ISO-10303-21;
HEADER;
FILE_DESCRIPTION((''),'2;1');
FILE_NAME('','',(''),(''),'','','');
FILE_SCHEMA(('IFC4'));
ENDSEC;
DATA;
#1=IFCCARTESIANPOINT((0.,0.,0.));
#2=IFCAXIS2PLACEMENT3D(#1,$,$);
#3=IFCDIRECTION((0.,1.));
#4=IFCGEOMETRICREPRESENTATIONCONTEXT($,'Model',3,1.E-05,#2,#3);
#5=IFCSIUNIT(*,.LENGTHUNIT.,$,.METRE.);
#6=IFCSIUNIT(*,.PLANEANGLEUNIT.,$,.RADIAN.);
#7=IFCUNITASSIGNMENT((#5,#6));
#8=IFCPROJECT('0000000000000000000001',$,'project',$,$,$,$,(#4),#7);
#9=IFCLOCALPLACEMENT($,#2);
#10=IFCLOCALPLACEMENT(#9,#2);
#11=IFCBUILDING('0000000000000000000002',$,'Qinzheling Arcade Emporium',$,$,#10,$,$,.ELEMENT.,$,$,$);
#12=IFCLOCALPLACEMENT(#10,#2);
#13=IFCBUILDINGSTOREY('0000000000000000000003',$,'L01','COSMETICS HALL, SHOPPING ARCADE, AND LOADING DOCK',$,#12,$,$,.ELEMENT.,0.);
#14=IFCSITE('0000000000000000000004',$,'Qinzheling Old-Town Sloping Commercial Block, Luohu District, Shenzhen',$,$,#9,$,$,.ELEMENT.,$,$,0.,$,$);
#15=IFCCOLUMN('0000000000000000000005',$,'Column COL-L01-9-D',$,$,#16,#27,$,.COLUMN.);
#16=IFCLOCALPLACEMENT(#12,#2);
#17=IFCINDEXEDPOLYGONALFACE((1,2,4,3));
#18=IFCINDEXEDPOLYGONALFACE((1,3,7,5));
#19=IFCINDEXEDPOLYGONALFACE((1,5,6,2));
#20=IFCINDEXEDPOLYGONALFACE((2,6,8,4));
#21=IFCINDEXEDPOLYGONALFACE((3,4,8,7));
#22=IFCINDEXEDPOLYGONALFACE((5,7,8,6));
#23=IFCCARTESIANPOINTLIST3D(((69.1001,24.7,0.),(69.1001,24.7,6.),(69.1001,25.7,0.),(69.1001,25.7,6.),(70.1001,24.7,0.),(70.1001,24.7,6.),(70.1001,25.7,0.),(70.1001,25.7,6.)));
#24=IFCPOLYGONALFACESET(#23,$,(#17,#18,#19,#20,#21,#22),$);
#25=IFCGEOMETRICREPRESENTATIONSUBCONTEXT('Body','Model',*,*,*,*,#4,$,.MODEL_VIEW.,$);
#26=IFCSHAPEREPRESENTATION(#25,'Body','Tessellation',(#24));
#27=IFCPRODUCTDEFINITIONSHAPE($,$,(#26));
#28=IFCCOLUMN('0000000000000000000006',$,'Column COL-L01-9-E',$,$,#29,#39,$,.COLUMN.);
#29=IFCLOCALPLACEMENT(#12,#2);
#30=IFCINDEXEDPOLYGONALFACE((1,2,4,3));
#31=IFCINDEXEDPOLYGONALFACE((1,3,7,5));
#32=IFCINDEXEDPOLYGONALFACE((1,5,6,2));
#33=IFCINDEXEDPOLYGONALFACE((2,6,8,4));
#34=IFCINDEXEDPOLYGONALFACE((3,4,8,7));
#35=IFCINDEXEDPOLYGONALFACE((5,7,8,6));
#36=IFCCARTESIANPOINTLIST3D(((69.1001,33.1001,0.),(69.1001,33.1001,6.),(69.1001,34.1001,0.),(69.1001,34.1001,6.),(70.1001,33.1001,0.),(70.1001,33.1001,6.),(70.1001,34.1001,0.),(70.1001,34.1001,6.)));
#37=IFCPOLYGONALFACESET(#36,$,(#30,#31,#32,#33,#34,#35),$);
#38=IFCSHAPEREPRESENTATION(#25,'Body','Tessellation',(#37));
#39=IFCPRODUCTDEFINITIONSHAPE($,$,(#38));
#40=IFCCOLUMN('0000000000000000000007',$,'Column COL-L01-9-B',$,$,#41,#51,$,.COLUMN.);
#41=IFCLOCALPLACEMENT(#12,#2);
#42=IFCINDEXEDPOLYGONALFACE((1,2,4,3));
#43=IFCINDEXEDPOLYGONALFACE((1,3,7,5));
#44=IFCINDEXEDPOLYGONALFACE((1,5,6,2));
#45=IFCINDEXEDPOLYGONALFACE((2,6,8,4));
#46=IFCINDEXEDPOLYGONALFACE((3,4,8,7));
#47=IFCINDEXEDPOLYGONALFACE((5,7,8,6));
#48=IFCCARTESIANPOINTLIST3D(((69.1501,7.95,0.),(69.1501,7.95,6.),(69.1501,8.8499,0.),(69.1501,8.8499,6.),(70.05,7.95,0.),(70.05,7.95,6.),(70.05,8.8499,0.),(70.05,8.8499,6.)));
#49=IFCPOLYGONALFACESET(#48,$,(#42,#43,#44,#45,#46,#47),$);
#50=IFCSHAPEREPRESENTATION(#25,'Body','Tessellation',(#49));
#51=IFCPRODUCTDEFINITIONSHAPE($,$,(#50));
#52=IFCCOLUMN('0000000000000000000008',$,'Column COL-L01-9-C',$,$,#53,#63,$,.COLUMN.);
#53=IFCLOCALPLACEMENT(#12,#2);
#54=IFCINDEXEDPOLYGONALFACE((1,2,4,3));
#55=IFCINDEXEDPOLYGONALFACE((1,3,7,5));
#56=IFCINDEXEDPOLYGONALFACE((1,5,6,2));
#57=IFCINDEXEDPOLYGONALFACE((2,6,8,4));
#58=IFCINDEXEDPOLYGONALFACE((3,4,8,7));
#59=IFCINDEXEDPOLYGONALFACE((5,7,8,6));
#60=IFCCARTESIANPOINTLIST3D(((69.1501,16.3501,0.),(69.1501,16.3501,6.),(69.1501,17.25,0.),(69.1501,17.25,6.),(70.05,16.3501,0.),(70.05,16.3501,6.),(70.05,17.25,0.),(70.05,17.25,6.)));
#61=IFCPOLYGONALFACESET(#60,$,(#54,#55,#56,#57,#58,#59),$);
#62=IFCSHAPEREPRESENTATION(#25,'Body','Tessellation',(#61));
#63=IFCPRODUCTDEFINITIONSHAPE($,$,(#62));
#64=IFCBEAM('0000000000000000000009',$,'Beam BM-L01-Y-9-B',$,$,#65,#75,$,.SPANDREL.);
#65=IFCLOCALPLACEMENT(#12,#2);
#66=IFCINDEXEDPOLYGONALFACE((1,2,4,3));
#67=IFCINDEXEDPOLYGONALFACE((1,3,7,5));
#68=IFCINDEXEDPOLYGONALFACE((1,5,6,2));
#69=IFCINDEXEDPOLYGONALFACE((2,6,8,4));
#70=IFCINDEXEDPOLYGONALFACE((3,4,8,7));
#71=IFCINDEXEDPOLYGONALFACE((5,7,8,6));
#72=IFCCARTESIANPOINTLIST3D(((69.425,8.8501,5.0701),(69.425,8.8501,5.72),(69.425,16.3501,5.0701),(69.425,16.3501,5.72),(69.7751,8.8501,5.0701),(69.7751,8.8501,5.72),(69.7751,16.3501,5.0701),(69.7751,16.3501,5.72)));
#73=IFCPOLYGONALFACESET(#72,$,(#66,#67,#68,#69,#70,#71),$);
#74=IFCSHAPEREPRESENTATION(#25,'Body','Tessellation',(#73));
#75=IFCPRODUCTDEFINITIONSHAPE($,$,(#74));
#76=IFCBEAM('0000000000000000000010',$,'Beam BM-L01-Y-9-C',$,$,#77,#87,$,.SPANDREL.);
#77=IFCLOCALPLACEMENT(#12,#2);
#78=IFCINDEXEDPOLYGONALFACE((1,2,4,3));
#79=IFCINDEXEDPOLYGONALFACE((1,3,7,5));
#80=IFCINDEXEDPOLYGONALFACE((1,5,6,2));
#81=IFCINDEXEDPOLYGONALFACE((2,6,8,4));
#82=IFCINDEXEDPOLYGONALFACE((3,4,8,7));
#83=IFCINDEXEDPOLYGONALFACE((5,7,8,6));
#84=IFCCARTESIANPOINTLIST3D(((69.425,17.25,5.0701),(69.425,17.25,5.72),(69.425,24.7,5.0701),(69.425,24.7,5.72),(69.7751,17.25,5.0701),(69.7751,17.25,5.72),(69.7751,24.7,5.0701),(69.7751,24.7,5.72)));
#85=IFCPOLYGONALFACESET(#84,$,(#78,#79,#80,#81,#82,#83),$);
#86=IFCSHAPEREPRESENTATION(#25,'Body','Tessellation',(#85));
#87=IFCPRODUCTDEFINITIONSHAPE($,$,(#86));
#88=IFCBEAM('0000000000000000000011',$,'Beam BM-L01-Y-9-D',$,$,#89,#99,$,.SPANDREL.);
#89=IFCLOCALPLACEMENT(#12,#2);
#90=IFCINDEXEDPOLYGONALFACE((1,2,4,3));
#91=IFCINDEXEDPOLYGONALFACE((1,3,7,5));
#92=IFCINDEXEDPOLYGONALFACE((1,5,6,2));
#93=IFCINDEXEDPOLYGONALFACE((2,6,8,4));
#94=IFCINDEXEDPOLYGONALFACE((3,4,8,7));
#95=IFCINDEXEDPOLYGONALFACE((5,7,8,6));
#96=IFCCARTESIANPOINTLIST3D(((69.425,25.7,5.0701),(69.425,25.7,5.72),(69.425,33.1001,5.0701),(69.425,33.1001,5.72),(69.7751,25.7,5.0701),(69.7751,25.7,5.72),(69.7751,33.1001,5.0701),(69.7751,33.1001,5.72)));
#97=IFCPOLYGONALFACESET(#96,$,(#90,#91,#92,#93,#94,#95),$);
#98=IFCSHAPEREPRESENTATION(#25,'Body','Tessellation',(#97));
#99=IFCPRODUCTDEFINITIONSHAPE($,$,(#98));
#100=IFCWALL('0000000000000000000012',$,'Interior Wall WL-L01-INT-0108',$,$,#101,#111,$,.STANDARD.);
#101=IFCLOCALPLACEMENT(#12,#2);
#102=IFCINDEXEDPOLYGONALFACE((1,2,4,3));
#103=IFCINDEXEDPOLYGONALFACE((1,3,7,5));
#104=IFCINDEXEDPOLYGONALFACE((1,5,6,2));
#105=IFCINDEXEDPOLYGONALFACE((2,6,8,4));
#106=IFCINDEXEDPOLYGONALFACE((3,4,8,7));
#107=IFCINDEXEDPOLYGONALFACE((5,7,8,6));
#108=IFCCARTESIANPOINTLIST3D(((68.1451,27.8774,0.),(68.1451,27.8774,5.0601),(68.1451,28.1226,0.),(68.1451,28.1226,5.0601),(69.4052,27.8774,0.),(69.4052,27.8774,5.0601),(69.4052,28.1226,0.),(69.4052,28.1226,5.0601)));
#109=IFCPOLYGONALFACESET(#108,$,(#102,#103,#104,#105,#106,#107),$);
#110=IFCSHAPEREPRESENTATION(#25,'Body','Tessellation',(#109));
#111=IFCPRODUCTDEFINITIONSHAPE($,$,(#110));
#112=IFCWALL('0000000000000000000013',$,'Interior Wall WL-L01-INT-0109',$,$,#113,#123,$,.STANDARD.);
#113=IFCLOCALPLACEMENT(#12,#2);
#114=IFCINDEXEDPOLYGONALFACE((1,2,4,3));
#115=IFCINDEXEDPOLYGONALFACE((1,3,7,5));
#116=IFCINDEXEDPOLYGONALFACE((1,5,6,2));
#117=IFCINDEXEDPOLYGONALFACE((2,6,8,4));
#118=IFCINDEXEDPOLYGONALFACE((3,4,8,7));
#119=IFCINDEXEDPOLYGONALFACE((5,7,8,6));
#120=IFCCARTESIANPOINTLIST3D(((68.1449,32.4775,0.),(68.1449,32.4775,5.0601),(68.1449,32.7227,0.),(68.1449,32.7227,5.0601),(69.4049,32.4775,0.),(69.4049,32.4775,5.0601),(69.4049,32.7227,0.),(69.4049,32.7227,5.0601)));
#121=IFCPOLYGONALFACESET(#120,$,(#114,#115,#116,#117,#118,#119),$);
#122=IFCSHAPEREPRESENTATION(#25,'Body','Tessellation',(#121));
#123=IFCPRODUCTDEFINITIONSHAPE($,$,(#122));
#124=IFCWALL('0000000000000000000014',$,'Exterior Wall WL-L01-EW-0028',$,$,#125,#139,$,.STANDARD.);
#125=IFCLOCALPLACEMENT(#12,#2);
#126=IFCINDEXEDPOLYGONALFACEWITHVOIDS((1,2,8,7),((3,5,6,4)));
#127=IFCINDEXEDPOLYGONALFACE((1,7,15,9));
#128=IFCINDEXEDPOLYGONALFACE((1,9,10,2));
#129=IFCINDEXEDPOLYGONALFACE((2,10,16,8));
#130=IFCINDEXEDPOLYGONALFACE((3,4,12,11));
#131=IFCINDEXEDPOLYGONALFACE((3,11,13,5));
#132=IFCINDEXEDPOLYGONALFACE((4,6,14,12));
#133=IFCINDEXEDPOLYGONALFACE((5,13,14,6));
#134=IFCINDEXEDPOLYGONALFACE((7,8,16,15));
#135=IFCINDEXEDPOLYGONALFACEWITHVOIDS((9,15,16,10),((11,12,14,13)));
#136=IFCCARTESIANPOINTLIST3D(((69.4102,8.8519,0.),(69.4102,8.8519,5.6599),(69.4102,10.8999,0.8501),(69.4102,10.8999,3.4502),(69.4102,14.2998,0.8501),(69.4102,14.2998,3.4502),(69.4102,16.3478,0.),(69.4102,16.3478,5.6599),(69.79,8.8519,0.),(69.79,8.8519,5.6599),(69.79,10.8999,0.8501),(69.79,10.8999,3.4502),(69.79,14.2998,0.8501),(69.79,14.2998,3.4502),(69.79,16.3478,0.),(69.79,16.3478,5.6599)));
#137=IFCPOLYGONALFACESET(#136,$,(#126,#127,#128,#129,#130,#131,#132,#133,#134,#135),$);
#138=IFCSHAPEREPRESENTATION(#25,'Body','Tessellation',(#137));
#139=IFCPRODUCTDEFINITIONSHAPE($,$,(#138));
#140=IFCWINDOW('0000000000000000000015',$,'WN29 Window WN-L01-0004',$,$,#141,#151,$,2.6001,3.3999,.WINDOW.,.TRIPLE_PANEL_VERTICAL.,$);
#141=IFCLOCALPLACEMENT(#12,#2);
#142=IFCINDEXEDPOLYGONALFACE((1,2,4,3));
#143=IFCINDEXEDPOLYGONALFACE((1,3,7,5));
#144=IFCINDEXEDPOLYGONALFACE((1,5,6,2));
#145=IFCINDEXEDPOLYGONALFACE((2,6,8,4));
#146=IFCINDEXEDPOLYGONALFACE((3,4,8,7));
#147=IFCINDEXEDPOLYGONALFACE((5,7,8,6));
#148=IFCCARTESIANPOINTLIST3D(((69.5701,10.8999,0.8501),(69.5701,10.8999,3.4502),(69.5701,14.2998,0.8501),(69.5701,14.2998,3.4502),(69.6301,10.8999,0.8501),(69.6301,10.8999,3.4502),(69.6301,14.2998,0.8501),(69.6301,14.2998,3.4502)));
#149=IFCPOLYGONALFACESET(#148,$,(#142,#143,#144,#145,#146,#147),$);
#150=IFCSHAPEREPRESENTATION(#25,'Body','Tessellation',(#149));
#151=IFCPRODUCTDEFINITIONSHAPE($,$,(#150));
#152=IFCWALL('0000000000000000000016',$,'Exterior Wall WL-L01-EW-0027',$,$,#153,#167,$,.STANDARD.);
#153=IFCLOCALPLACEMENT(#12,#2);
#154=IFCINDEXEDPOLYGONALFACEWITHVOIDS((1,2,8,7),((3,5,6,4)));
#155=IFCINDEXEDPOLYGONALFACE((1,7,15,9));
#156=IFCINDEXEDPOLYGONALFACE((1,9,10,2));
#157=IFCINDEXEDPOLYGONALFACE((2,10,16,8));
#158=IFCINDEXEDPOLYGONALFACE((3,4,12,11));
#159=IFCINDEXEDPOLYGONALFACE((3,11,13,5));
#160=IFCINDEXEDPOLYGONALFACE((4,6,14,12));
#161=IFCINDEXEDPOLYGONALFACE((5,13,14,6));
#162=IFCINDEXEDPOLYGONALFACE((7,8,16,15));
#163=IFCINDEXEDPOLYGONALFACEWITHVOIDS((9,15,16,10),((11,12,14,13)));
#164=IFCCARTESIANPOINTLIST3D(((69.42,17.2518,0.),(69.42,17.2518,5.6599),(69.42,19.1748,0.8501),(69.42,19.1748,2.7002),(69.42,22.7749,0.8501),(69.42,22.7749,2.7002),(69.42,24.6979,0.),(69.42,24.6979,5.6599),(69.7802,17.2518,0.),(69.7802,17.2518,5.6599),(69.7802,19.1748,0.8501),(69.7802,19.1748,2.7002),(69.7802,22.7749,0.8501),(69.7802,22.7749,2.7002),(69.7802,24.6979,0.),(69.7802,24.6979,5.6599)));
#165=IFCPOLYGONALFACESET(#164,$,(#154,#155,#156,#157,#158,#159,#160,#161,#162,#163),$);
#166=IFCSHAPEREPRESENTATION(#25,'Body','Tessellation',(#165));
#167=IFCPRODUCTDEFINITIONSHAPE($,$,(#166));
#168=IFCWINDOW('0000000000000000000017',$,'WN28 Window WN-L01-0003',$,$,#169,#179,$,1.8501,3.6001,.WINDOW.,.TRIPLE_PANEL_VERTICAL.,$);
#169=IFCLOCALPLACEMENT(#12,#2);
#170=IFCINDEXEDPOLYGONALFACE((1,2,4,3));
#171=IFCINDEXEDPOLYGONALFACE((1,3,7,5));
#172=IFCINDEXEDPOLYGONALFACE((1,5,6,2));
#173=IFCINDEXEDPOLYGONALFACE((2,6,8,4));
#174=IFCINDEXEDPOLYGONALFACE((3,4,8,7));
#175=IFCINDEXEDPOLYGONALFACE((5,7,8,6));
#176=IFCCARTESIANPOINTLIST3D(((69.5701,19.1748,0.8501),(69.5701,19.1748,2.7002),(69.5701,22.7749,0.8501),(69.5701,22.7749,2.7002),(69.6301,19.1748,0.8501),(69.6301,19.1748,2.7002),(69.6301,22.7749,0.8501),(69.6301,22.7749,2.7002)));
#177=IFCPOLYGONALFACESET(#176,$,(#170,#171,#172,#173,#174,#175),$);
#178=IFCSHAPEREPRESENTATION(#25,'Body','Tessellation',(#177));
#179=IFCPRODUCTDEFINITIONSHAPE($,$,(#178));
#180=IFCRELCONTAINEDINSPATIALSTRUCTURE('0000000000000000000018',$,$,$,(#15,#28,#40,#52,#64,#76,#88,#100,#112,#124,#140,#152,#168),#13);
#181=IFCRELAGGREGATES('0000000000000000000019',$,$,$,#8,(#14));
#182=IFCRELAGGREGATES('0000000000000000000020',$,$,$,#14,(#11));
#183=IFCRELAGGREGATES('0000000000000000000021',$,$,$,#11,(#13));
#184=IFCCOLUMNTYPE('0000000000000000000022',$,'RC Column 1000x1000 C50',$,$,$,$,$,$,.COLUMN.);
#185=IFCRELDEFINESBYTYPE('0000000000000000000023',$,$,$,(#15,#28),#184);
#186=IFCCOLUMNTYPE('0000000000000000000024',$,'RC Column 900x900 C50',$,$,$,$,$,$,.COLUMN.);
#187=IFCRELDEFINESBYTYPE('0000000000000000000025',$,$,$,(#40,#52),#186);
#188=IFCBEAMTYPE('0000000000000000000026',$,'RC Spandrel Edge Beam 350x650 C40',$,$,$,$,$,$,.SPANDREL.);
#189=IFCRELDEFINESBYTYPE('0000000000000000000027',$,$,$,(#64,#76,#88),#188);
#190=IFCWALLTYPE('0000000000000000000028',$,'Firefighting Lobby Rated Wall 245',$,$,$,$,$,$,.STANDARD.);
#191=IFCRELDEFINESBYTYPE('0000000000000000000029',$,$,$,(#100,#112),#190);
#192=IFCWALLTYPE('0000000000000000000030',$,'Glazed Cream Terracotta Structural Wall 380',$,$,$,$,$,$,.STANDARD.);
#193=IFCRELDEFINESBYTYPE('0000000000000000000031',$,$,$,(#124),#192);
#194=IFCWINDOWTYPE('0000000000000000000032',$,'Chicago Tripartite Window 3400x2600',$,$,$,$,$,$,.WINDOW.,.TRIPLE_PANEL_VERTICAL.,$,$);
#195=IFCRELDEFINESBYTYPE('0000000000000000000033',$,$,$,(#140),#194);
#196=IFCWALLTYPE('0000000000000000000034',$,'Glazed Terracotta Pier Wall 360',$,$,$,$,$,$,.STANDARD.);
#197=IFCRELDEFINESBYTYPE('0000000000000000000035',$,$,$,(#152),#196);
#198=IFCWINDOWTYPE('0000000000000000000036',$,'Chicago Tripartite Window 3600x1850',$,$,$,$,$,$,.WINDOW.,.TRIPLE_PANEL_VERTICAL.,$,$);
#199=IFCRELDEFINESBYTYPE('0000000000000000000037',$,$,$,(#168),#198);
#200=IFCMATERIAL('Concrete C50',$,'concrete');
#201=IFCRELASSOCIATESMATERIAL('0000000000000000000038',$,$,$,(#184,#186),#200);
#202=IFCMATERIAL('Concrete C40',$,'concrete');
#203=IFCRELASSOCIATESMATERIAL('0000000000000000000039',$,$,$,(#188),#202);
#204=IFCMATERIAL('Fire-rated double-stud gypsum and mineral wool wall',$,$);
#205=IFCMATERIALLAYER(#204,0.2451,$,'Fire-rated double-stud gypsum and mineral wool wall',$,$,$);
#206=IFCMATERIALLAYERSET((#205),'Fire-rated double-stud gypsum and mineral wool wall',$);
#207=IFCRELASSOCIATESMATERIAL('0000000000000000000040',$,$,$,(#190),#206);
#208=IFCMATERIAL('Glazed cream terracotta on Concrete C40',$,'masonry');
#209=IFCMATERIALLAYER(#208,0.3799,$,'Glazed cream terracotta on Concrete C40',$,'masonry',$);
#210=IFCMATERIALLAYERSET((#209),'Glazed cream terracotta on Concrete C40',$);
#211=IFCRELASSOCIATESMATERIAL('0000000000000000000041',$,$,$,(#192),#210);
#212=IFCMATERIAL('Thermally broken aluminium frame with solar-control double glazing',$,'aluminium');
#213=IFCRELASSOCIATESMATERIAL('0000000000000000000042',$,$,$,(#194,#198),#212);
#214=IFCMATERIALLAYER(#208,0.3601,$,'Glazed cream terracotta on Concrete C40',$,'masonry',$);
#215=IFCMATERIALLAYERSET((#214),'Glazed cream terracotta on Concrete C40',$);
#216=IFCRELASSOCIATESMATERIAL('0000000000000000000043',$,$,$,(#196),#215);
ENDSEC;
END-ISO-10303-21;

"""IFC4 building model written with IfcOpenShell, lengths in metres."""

from ifc_helpers import new_model, si_unit, direction, frame, frame_2d, origin, origin_2d, place, context, subcontext, project, spatial, rectangle, extrude, material, layer, layer_set, material_profile, profile_set, type_object, element, fill, save


model = new_model("IFC4")

# Units and contexts
model_context = context("Model", 3, precision=1e-05, world=origin(), true_north=direction((0.0, 1.0)))
body_context = subcontext(model_context, "Body", "Model", "MODEL_VIEW")
ifc_project = project(units=[si_unit("LENGTHUNIT", "METRE"), si_unit("PLANEANGLEUNIT", "RADIAN")], contexts=[model_context])

# Site, building, storey
site_placement = place(None, origin())
site = spatial("IfcSite", under=ifc_project, at=site_placement, Name="Qinzheling Old-Town Sloping Commercial Block, Luohu District, Shenzhen", CompositionType="ELEMENT", RefElevation=0.0)
building_placement = place(site_placement, origin())
building = spatial("IfcBuilding", under=site, at=building_placement, Name="Qinzheling Arcade Emporium", CompositionType="ELEMENT")
storey_placement = place(building_placement, origin())
storey = spatial("IfcBuildingStorey", under=building, at=storey_placement, Name="L01", Description="COSMETICS HALL, SHOPPING ARCADE, AND LOADING DOCK", CompositionType="ELEMENT", Elevation=0.0)

# Columns
ifc_material_1 = material(Name="Concrete C50", Category="concrete")
ifc_material_profile_1 = material_profile(ifc_material_1, rectangle(XDim=1.0, YDim=1.0, at=origin_2d()), Name="RC 1000x1000", Category="concrete")
ifc_profile_set_1 = profile_set([ifc_material_profile_1], Name="Concrete C50")
column_type_1 = type_object("IfcColumnType", Name="RC Column 1000x1000 C50", PredefinedType="COLUMN", material=ifc_profile_set_1)
for number, where, z_axis, x_axis, name in (
    (1, (69.6001, 25.2, 0.0), (0.0, 0.0, 1.0), (1.0, 0.0, 0.0), "Column COL-L01-9-D"),
    (2, (69.6001, 33.6001, 0.0), (0.0, 0.0, 1.0), (1.0, 0.0, 0.0), "Column COL-L01-9-E"),
):
    element("IfcColumn", number, at=place(storey_placement, frame(where, z_axis=z_axis, x_axis=x_axis)), inside=storey, type_object=column_type_1, Name=name, PredefinedType="COLUMN", context=body_context, shape_type="SweptSolid", body=[
        extrude(rectangle(XDim=1.0, YDim=1.0, at=origin_2d()), origin(), (0.0, 0.0, 1.0), 6.0),
    ])
ifc_material_profile_2 = material_profile(ifc_material_1, rectangle(XDim=0.8999, YDim=0.8999, at=origin_2d()), Name="RC 900x900", Category="concrete")
ifc_profile_set_2 = profile_set([ifc_material_profile_2], Name="Concrete C50")
column_type_2 = type_object("IfcColumnType", Name="RC Column 900x900 C50", PredefinedType="COLUMN", material=ifc_profile_set_2)
for number, where, z_axis, x_axis, name in (
    (3, (69.6001, 8.3999, 0.0), (0.0, 0.0, 1.0), (1.0, 0.0, 0.0), "Column COL-L01-9-B"),
    (4, (69.6001, 16.8, 0.0), (0.0, 0.0, 1.0), (1.0, 0.0, 0.0), "Column COL-L01-9-C"),
):
    element("IfcColumn", number, at=place(storey_placement, frame(where, z_axis=z_axis, x_axis=x_axis)), inside=storey, type_object=column_type_2, Name=name, PredefinedType="COLUMN", context=body_context, shape_type="SweptSolid", body=[
        extrude(rectangle(XDim=0.8999, YDim=0.8999, at=origin_2d()), origin(), (0.0, 0.0, 1.0), 6.0),
    ])

# Beams
ifc_material_2 = material(Name="Concrete C40", Category="concrete")
ifc_material_profile_3 = material_profile(ifc_material_2, rectangle(XDim=0.3501, YDim=0.6499, at=origin_2d()), Name="RC 350x650", Category="concrete")
ifc_profile_set_3 = profile_set([ifc_material_profile_3], Name="Concrete C40")
beam_type = type_object("IfcBeamType", Name="RC Spandrel Edge Beam 350x650 C40", PredefinedType="SPANDREL", material=ifc_profile_set_3)
beam_1_placement = place(storey_placement, frame((69.6001, 8.8501, 5.395), z_axis=(0.0, 1.0, 0.0), x_axis=(-1.0, 0.0, 0.0)))
element("IfcBeam", 5, at=beam_1_placement, inside=storey, type_object=beam_type, Name="Beam BM-L01-Y-9-B", PredefinedType="SPANDREL", context=body_context, shape_type="SweptSolid", body=[
    extrude(rectangle(XDim=0.3501, YDim=0.6499, at=origin_2d()), origin(), (0.0, 0.0, 1.0), 7.5),
])
beam_2_placement = place(storey_placement, frame((69.6001, 17.25, 5.395), z_axis=(0.0, 1.0, 0.0), x_axis=(-1.0, 0.0, 0.0)))
element("IfcBeam", 6, at=beam_2_placement, inside=storey, type_object=beam_type, Name="Beam BM-L01-Y-9-C", PredefinedType="SPANDREL", context=body_context, shape_type="SweptSolid", body=[
    extrude(rectangle(XDim=0.3501, YDim=0.6499, at=origin_2d()), origin(), (0.0, 0.0, 1.0), 7.45),
])
beam_3_placement = place(storey_placement, frame((69.6001, 25.7, 5.395), z_axis=(0.0, 1.0, 0.0), x_axis=(-1.0, 0.0, 0.0)))
element("IfcBeam", 7, at=beam_3_placement, inside=storey, type_object=beam_type, Name="Beam BM-L01-Y-9-D", PredefinedType="SPANDREL", context=body_context, shape_type="SweptSolid", body=[
    extrude(rectangle(XDim=0.3501, YDim=0.6499, at=origin_2d()), origin(), (0.0, 0.0, 1.0), 7.4001),
])

# Walls
ifc_material_3 = material(Name="Fire-rated double-stud gypsum and mineral wool wall")
ifc_layer_1 = layer(ifc_material_3, 0.2451, Name="Fire-rated double-stud gypsum and mineral wool wall")
ifc_layer_set_1 = layer_set([ifc_layer_1], Name="Fire-rated double-stud gypsum and mineral wool wall")
wall_type_1 = type_object("IfcWallType", Name="Firefighting Lobby Rated Wall 245", PredefinedType="STANDARD", material=ifc_layer_set_1)
for number, where, z_axis, x_axis, name in (
    (8, (69.405, 28.0, 0.0), (0.0, 0.0, 1.0), (-1.0, 0.0, 0.0), "Interior Wall WL-L01-INT-0108"),
    (9, (68.145, 32.6001, 0.0), (0.0, 0.0, 1.0), (1.0, 0.0, 0.0), "Interior Wall WL-L01-INT-0109"),
):
    element("IfcWall", number, at=place(storey_placement, frame(where, z_axis=z_axis, x_axis=x_axis)), inside=storey, type_object=wall_type_1, Name=name, PredefinedType="STANDARD", context=body_context, shape_type="SweptSolid", body=[
        extrude(rectangle(XDim=1.26, YDim=0.2451, at=frame_2d((0.6299, 0.0))), origin(), (0.0, 0.0, 1.0), 5.0601),
    ])

# Shared definitions
ifc_material_4 = material(Name="Glazed cream terracotta on Concrete C40", Category="masonry")
ifc_layer_2 = layer(ifc_material_4, 0.3799, Name="Glazed cream terracotta on Concrete C40", Category="masonry")
ifc_layer_set_2 = layer_set([ifc_layer_2], Name="Glazed cream terracotta on Concrete C40")
wall_type_2 = type_object("IfcWallType", Name="Glazed Cream Terracotta Structural Wall 380", PredefinedType="STANDARD", material=ifc_layer_set_2)

# Walls, openings, windows
wall_1_placement = place(storey_placement, frame((69.6001, 16.3479, 0.0), z_axis=(0.0, 0.0, 1.0), x_axis=(0.0, -1.0, 0.0)))
wall_1 = element("IfcWall", 10, at=wall_1_placement, inside=storey, type_object=wall_type_2, Name="Exterior Wall WL-L01-EW-0028", PredefinedType="STANDARD", context=body_context, shape_type="SweptSolid", body=[
    extrude(rectangle(XDim=7.4958, YDim=0.3799, at=frame_2d((3.748, 0.0))), origin(), (0.0, 0.0, 1.0), 5.6599),
])
opening_1_placement = place(wall_1_placement, frame((2.0481, 0.0, 0.8501)))
opening_1 = element("IfcOpeningElement", 11, at=opening_1_placement, cuts=wall_1, PredefinedType="OPENING", context=body_context, shape_type="SweptSolid", body=[
    extrude(rectangle(XDim=3.3999, YDim=2.6001, at=frame_2d((1.7, 1.3))), frame((0.0, 0.2, 0.0), z_axis=(0.0, -1.0, 0.0), x_axis=(1.0, 0.0, 0.0)), (0.0, 0.0, 1.0), 0.3999),
])
ifc_material_5 = material(Name="Thermally broken aluminium frame with solar-control double glazing", Category="aluminium")
window_type_1 = type_object("IfcWindowType", Name="Chicago Tripartite Window 3400x2600", PartitioningType="TRIPLE_PANEL_VERTICAL", PredefinedType="WINDOW", material=ifc_material_5)
window_1_placement = place(opening_1_placement, origin())
window_1 = element("IfcWindow", 12, at=window_1_placement, inside=storey, type_object=window_type_1, Name="WN29 Window WN-L01-0004", OverallHeight=2.6001, OverallWidth=3.3999, PartitioningType="TRIPLE_PANEL_VERTICAL", PredefinedType="WINDOW", context=body_context, shape_type="SweptSolid", body=[
    extrude(rectangle(XDim=3.3999, YDim=2.6001, at=frame_2d((1.7, 1.3))), frame((0.0, 0.03, 0.0), z_axis=(0.0, -1.0, 0.0), x_axis=(1.0, 0.0, 0.0)), (0.0, 0.0, 1.0), 0.0601),
])
fill(opening_1, window_1)
ifc_layer_3 = layer(ifc_material_4, 0.3601, Name="Glazed cream terracotta on Concrete C40", Category="masonry")
ifc_layer_set_3 = layer_set([ifc_layer_3], Name="Glazed cream terracotta on Concrete C40")
wall_type_3 = type_object("IfcWallType", Name="Glazed Terracotta Pier Wall 360", PredefinedType="STANDARD", material=ifc_layer_set_3)
wall_2_placement = place(storey_placement, frame((69.6001, 24.698, 0.0), z_axis=(0.0, 0.0, 1.0), x_axis=(0.0, -1.0, 0.0)))
wall_2 = element("IfcWall", 13, at=wall_2_placement, inside=storey, type_object=wall_type_3, Name="Exterior Wall WL-L01-EW-0027", PredefinedType="STANDARD", context=body_context, shape_type="SweptSolid", body=[
    extrude(rectangle(XDim=7.446, YDim=0.3601, at=frame_2d((3.7231, 0.0))), origin(), (0.0, 0.0, 1.0), 5.6599),
])
opening_2_placement = place(wall_2_placement, frame((1.9231, 0.0, 0.8501)))
opening_2 = element("IfcOpeningElement", 14, at=opening_2_placement, cuts=wall_2, PredefinedType="OPENING", context=body_context, shape_type="SweptSolid", body=[
    extrude(rectangle(XDim=3.6001, YDim=1.8501, at=frame_2d((1.8, 0.925))), frame((0.0, 0.1899, 0.0), z_axis=(0.0, -1.0, 0.0), x_axis=(1.0, 0.0, 0.0)), (0.0, 0.0, 1.0), 0.3801),
])
window_type_2 = type_object("IfcWindowType", Name="Chicago Tripartite Window 3600x1850", PartitioningType="TRIPLE_PANEL_VERTICAL", PredefinedType="WINDOW", material=ifc_material_5)
window_2_placement = place(opening_2_placement, origin())
window_2 = element("IfcWindow", 15, at=window_2_placement, inside=storey, type_object=window_type_2, Name="WN28 Window WN-L01-0003", OverallHeight=1.8501, OverallWidth=3.6001, PartitioningType="TRIPLE_PANEL_VERTICAL", PredefinedType="WINDOW", context=body_context, shape_type="SweptSolid", body=[
    extrude(rectangle(XDim=3.6001, YDim=1.8501, at=frame_2d((1.8, 0.925))), frame((0.0, 0.03, 0.0), z_axis=(0.0, -1.0, 0.0), x_axis=(1.0, 0.0, 0.0)), (0.0, 0.0, 1.0), 0.0601),
])
fill(opening_2, window_2)

save(model, "model.ifc")
